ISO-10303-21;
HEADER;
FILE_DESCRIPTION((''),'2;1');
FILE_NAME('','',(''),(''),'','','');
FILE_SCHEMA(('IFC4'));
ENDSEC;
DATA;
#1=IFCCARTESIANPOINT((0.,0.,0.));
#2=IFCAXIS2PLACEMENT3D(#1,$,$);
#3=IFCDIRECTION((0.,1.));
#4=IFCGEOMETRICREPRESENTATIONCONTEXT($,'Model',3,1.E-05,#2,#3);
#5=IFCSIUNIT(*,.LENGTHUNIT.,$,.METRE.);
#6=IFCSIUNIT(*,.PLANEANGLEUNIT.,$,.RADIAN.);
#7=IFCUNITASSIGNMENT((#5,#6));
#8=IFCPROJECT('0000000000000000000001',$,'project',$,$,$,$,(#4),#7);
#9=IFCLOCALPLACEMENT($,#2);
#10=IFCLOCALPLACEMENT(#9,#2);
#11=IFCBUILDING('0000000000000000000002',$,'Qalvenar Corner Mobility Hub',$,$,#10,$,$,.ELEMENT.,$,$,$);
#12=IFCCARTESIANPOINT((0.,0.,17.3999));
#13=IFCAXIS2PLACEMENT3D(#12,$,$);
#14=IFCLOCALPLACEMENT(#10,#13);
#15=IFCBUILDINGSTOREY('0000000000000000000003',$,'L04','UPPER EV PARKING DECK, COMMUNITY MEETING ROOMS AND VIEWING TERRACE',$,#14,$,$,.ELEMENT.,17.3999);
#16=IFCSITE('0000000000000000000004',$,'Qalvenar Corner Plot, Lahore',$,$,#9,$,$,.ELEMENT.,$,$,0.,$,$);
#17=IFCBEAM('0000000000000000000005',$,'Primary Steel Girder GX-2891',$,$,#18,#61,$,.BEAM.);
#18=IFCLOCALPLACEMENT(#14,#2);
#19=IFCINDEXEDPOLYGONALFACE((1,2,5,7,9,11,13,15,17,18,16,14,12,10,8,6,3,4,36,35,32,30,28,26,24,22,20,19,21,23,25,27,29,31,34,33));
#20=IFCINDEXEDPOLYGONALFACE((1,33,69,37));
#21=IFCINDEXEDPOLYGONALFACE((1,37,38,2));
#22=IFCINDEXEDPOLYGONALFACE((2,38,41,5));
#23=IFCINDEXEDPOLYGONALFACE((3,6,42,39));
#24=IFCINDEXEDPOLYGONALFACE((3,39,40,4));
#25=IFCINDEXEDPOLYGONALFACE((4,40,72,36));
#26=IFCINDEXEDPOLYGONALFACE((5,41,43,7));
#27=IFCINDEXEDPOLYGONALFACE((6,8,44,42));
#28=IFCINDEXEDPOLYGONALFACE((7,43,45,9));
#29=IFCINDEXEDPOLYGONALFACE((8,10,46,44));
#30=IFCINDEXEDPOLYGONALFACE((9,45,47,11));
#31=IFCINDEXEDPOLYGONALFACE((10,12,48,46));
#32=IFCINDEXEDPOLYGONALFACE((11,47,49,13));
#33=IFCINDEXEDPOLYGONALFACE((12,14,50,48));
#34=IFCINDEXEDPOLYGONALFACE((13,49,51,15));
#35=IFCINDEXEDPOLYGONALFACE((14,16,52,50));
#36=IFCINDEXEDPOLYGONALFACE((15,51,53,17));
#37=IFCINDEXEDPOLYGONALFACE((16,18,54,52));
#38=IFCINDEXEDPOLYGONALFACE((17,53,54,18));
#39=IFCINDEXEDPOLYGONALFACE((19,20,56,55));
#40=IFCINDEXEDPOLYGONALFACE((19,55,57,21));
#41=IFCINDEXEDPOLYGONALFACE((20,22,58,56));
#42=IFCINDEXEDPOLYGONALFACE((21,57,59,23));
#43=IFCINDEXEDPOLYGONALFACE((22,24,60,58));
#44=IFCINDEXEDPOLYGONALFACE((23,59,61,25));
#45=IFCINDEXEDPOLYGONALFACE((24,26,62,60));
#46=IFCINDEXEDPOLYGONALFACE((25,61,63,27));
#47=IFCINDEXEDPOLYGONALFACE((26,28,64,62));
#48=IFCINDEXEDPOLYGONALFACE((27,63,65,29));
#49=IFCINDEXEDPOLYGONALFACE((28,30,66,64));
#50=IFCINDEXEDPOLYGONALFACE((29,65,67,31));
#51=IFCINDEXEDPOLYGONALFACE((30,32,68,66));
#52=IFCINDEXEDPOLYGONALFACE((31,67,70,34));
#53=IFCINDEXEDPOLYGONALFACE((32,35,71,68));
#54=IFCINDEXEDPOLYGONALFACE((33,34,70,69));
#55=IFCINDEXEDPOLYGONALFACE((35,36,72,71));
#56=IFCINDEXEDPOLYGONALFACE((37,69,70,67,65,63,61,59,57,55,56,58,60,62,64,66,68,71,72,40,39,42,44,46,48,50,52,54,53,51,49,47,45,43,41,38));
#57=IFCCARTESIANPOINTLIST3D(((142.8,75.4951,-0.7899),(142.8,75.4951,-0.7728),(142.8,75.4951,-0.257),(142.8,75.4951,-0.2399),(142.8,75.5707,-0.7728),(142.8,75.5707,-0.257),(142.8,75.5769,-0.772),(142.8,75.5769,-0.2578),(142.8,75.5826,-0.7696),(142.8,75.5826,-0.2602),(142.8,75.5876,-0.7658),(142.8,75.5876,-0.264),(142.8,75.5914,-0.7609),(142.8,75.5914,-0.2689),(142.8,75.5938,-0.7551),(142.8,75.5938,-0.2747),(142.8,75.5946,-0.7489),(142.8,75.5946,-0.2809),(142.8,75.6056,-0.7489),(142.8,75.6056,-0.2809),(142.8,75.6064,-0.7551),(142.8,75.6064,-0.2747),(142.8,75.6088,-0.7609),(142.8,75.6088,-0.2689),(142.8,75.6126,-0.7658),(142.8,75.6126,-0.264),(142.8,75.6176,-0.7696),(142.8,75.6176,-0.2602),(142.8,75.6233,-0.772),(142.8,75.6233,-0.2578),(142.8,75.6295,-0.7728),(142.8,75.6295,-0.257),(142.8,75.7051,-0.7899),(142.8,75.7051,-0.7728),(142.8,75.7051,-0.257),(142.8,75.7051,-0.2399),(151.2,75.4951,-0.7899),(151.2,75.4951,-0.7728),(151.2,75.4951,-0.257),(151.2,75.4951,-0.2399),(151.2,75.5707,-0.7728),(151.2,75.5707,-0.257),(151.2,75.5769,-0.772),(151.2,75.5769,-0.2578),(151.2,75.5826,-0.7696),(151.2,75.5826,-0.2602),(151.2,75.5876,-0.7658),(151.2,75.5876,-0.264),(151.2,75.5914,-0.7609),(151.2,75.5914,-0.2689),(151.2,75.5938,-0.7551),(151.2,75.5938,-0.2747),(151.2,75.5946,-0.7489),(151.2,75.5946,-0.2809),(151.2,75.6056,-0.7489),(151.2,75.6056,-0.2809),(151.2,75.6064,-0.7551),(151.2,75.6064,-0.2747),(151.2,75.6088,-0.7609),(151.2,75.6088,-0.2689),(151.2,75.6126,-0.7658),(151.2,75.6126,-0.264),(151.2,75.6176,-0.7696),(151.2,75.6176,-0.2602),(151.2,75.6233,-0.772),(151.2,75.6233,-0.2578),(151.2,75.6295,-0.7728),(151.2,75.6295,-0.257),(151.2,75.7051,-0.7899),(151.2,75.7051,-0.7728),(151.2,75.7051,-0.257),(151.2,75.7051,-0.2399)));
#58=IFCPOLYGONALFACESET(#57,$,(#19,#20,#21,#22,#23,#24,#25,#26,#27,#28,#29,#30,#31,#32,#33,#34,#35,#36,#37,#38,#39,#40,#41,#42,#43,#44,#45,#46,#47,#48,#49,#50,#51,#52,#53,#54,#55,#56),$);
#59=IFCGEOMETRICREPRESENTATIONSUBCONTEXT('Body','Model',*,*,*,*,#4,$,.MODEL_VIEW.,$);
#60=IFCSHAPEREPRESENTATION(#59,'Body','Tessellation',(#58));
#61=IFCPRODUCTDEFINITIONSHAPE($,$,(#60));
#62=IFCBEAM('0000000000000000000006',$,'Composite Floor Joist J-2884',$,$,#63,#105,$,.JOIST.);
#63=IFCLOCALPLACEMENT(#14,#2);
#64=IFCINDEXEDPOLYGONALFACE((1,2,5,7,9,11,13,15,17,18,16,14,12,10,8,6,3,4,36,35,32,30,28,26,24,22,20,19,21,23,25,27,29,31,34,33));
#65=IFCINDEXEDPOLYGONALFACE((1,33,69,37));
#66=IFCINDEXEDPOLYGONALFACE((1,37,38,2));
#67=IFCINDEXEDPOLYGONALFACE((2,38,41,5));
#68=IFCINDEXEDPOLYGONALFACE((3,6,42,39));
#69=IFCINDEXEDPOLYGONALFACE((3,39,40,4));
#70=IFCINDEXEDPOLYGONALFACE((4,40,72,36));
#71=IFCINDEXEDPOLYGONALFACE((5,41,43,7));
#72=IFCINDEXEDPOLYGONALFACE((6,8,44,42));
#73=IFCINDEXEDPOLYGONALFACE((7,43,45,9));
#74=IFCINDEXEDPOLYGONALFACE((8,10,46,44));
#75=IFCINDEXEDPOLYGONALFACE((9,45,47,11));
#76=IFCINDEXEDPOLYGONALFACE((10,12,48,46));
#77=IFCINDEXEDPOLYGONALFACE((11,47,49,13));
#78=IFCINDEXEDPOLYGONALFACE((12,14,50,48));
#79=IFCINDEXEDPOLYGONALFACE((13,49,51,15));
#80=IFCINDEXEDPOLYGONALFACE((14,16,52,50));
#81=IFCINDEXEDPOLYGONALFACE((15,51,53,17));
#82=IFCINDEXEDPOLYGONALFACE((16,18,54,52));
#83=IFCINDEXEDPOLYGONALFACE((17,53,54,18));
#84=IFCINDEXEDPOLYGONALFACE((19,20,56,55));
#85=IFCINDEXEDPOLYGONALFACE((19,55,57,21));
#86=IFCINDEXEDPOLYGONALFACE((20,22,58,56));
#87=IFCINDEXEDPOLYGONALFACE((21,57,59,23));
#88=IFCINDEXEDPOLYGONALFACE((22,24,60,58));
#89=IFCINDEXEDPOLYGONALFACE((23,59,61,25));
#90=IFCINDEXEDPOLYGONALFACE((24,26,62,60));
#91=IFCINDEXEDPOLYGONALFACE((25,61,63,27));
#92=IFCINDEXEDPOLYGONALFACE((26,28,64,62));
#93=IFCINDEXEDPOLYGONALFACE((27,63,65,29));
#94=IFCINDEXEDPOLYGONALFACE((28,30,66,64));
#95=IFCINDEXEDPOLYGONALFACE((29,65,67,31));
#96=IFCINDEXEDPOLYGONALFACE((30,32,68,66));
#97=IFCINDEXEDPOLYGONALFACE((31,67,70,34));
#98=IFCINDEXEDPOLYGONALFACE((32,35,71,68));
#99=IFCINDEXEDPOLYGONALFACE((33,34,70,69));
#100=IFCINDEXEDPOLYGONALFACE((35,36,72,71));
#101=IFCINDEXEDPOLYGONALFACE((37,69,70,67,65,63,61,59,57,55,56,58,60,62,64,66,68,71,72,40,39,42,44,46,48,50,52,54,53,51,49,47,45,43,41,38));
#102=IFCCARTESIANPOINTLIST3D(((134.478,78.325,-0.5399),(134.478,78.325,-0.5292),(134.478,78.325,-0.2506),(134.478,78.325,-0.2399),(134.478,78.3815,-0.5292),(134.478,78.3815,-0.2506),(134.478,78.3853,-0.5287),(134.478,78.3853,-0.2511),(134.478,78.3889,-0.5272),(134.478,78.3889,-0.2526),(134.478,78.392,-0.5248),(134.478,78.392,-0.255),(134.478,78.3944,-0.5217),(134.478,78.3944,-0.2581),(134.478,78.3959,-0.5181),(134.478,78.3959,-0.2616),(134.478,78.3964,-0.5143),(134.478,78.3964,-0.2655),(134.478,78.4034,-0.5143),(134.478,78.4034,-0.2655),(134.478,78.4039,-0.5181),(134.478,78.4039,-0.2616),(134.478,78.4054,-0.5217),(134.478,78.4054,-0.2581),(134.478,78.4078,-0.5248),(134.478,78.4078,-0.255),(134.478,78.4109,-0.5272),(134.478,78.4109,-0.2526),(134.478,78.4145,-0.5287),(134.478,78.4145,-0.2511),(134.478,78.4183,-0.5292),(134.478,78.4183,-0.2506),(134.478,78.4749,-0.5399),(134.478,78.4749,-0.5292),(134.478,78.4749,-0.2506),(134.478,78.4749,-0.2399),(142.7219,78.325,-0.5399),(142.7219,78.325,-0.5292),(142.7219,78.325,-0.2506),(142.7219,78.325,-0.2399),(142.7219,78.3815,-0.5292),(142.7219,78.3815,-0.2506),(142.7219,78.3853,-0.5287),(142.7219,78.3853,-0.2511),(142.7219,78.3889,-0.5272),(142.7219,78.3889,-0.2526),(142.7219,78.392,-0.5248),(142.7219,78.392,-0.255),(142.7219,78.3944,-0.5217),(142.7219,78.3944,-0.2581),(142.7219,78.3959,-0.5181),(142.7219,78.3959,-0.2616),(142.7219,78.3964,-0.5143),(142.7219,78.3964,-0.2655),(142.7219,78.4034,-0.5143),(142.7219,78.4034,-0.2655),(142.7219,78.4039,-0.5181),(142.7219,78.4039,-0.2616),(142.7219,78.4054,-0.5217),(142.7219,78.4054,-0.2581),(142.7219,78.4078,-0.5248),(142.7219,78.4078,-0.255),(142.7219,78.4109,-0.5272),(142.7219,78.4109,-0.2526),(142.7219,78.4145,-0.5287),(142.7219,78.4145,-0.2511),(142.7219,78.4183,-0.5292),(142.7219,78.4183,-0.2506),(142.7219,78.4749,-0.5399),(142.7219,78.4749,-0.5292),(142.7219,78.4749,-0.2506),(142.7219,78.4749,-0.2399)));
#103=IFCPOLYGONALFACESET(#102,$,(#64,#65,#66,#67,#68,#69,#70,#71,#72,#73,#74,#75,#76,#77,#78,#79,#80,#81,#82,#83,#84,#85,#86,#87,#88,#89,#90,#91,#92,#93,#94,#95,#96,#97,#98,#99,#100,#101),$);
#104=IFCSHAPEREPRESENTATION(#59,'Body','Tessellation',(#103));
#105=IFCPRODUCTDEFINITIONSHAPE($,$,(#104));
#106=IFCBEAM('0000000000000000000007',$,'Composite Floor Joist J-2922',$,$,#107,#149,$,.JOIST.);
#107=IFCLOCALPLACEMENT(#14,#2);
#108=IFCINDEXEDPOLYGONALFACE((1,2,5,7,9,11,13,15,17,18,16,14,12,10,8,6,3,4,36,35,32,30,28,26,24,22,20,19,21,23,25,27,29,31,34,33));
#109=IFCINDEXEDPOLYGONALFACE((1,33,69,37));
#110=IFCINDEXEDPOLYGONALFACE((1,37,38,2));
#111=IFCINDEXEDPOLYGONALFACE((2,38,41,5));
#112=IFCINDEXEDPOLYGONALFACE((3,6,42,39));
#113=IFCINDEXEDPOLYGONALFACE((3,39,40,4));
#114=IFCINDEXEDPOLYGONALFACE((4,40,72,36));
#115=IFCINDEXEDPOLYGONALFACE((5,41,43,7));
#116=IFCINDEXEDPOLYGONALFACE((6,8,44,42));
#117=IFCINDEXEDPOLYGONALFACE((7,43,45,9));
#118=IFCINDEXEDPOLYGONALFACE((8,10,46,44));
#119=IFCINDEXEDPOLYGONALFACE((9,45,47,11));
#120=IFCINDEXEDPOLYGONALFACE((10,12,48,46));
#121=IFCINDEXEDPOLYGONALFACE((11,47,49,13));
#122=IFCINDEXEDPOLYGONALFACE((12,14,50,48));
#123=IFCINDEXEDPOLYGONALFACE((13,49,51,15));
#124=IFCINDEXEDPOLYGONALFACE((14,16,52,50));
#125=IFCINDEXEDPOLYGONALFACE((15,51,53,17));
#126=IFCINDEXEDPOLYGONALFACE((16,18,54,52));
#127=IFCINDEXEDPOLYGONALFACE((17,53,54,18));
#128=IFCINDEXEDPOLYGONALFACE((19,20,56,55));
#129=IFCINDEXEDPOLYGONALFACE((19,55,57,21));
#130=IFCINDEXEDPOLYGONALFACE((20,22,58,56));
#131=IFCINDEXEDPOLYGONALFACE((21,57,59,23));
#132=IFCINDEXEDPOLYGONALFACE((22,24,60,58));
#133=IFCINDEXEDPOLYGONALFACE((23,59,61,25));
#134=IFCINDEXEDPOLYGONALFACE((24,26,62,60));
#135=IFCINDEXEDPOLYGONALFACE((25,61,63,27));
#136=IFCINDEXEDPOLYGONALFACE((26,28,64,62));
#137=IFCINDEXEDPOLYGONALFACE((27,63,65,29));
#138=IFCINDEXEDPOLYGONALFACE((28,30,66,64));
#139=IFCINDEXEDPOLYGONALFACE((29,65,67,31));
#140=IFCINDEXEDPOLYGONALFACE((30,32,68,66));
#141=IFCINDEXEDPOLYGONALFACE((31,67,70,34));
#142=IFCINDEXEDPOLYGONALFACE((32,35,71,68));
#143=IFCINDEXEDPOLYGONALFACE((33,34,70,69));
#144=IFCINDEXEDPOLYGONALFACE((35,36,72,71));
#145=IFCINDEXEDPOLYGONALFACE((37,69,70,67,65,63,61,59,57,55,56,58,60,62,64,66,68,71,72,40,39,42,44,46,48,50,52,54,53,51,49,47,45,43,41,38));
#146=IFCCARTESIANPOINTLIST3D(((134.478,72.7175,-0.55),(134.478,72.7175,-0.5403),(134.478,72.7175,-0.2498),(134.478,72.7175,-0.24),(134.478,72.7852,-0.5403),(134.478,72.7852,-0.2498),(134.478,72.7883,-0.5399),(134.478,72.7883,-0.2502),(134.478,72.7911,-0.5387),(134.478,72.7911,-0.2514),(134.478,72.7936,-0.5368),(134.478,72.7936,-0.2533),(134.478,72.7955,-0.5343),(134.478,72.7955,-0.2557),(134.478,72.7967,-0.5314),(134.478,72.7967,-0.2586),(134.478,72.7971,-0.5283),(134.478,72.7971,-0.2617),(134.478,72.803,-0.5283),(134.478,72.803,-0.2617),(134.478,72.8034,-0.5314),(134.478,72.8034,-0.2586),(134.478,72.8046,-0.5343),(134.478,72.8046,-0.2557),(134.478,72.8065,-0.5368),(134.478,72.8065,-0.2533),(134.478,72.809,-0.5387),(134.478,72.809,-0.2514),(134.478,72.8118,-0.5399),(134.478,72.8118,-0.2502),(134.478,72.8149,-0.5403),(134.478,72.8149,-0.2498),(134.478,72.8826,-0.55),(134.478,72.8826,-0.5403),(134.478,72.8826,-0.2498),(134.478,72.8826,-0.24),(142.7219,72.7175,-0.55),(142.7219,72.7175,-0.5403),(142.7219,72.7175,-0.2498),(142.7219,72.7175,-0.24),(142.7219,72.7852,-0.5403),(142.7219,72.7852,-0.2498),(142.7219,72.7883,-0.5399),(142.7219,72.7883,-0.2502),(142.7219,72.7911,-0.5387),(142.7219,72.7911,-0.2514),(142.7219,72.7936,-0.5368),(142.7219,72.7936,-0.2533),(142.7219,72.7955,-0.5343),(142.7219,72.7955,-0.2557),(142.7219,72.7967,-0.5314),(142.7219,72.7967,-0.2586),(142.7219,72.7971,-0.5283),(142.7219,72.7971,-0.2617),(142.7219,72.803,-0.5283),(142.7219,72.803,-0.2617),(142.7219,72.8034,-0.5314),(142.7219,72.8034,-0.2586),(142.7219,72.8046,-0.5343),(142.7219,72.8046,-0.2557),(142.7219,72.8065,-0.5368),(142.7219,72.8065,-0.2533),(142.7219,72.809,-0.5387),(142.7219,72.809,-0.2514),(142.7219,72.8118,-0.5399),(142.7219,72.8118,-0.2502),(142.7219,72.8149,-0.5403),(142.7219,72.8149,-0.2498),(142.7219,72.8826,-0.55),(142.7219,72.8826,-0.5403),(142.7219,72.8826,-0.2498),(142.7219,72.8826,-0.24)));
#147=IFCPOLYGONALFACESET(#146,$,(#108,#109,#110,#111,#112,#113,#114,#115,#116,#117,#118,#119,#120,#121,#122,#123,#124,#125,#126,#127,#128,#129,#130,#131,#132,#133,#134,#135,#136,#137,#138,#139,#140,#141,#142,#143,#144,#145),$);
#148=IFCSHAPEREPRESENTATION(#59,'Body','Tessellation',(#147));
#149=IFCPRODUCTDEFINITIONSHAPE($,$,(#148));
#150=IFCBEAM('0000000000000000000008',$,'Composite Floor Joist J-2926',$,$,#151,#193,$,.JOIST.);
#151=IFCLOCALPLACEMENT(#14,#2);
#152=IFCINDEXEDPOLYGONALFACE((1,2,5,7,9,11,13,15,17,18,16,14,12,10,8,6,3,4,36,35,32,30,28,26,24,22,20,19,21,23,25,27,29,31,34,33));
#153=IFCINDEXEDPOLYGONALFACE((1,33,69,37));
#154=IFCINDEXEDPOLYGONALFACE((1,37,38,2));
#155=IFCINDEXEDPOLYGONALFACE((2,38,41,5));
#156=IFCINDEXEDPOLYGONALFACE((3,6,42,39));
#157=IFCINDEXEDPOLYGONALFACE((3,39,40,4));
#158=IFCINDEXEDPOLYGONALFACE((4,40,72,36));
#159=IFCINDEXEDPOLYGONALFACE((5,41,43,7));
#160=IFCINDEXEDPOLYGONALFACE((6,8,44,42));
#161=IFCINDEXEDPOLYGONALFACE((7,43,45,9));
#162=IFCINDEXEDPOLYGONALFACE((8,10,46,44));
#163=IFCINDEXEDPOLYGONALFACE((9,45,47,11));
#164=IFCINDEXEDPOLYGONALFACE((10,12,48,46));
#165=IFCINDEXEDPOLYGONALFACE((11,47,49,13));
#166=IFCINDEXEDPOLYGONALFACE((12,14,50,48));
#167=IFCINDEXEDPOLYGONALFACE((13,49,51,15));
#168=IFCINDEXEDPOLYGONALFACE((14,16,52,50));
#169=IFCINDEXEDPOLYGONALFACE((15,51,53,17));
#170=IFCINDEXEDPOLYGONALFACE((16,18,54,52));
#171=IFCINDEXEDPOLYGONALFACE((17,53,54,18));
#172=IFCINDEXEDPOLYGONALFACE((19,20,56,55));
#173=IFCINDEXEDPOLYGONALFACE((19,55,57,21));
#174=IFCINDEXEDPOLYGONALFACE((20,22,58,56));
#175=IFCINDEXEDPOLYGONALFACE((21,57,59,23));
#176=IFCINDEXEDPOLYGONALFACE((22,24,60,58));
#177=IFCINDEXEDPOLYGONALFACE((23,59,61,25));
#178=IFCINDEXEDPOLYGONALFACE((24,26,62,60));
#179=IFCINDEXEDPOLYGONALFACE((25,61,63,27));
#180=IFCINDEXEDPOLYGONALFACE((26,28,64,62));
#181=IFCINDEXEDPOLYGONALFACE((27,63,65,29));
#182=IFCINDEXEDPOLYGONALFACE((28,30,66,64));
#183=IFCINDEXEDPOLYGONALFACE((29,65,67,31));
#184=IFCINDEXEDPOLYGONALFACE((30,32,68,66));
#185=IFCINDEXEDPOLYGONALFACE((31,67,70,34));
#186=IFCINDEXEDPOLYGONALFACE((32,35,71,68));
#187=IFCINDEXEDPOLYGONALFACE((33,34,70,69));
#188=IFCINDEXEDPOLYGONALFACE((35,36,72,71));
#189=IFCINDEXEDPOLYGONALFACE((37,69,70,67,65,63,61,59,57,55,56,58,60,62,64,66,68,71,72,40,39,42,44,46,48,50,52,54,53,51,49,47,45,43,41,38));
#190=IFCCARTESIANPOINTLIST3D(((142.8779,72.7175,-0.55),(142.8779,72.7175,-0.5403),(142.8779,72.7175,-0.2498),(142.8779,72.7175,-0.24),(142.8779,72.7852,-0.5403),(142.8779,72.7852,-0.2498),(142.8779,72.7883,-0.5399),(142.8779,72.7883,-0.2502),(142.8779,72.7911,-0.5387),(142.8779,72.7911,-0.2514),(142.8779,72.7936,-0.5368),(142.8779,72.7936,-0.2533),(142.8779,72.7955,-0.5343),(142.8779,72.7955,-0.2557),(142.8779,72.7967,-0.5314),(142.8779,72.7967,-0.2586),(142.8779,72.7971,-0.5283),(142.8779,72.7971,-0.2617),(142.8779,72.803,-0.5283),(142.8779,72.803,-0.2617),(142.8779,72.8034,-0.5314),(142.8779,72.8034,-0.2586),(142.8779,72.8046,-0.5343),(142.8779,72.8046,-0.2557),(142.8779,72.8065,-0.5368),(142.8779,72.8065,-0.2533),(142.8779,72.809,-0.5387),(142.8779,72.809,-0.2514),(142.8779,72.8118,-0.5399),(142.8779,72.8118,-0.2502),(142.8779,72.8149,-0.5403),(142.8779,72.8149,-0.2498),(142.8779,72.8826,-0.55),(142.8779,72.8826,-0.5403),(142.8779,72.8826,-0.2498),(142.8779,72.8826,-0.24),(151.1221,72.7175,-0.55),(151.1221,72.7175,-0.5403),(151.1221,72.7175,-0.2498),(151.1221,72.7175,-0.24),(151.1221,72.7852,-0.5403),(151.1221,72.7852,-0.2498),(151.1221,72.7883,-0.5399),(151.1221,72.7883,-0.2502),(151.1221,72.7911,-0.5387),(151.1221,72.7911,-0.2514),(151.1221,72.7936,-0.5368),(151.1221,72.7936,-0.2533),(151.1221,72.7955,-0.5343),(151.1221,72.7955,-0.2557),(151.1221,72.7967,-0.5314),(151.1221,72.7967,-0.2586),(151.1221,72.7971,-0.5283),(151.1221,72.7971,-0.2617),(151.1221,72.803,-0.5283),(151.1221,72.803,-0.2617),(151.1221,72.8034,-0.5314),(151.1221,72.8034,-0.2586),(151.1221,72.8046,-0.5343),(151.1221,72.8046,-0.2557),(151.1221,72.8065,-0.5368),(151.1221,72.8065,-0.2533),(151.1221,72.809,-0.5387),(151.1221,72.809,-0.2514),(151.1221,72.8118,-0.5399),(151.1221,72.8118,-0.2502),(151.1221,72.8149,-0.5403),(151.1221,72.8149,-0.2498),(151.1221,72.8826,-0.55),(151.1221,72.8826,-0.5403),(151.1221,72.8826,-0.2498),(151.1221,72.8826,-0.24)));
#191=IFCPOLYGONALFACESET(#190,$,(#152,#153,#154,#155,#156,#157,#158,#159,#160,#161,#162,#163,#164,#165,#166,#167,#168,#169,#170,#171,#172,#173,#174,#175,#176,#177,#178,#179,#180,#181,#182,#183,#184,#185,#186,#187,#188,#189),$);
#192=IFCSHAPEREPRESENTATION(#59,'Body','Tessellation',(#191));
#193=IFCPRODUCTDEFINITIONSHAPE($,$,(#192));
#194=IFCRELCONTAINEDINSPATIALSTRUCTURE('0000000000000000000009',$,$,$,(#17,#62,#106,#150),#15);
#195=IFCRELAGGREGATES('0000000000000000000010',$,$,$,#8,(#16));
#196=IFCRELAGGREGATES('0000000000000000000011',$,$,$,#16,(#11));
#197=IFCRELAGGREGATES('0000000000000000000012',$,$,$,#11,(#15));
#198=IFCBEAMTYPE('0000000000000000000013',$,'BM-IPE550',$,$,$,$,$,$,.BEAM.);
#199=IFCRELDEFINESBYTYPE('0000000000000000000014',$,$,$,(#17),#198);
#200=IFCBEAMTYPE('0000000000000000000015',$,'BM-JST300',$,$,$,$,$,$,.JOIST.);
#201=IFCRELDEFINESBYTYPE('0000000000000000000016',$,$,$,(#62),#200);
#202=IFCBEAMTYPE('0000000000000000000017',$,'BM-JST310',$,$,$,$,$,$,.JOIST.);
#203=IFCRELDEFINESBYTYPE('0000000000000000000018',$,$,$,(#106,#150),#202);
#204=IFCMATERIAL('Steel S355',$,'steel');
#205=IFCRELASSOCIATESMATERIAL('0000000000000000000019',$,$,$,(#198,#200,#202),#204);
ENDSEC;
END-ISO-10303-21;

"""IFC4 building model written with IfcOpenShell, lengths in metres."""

from ifc_helpers import new_model, si_unit, direction, frame, origin, origin_2d, place, context, subcontext, project, spatial, i_section, extrude, material, material_profile, profile_set, type_object, element, save


model = new_model("IFC4")

# Units and contexts
model_context = context("Model", 3, precision=1e-05, world=origin(), true_north=direction((0.0, 1.0)))
body_context = subcontext(model_context, "Body", "Model", "MODEL_VIEW")
ifc_project = project(units=[si_unit("LENGTHUNIT", "METRE"), si_unit("PLANEANGLEUNIT", "RADIAN")], contexts=[model_context])

# Site, building, storey
site_placement = place(None, origin())
site = spatial("IfcSite", under=ifc_project, at=site_placement, Name="Qalvenar Corner Plot, Lahore", CompositionType="ELEMENT", RefElevation=0.0)
building_placement = place(site_placement, origin())
building = spatial("IfcBuilding", under=site, at=building_placement, Name="Qalvenar Corner Mobility Hub", CompositionType="ELEMENT")
storey_placement = place(building_placement, frame((0.0, 0.0, 17.3999)))
storey = spatial("IfcBuildingStorey", under=building, at=storey_placement, Name="L04", Description="UPPER EV PARKING DECK, COMMUNITY MEETING ROOMS AND VIEWING TERRACE", CompositionType="ELEMENT", Elevation=17.3999)

# Shared definitions
ifc_material_1 = material(Name="Steel S355", Category="steel")

# Beams
ifc_material_profile_1 = material_profile(ifc_material_1, i_section(OverallWidth=0.21, OverallDepth=0.55, WebThickness=0.011, FlangeThickness=0.0171, FilletRadius=0.0239, at=origin_2d()), Name="IPE550")
ifc_profile_set_1 = profile_set([ifc_material_profile_1], Name="Steel S355")
beam_type_1 = type_object("IfcBeamType", Name="BM-IPE550", PredefinedType="BEAM", material=ifc_profile_set_1)
beam_1_placement = place(storey_placement, frame((142.8, 75.6001, -0.5149), z_axis=(1.0, 0.0, 0.0), x_axis=(0.0, 1.0, 0.0)))
element("IfcBeam", 1, at=beam_1_placement, inside=storey, type_object=beam_type_1, Name="Primary Steel Girder GX-2891", PredefinedType="BEAM", context=body_context, shape_type="SweptSolid", body=[
    extrude(i_section(OverallWidth=0.21, OverallDepth=0.55, WebThickness=0.011, FlangeThickness=0.0171, FilletRadius=0.0239, at=origin_2d()), origin(), (0.0, 0.0, 1.0), 8.3999),
])
ifc_material_profile_2 = material_profile(ifc_material_1, i_section(OverallWidth=0.1499, OverallDepth=0.3, WebThickness=0.0071, FlangeThickness=0.0107, FilletRadius=0.0149, at=origin_2d()), Name="IPE300")
ifc_profile_set_2 = profile_set([ifc_material_profile_2], Name="Steel S355")
beam_type_2 = type_object("IfcBeamType", Name="BM-JST300", PredefinedType="JOIST", material=ifc_profile_set_2)
beam_2_placement = place(storey_placement, frame((134.478, 78.3999, -0.3899), z_axis=(1.0, 0.0, 0.0), x_axis=(0.0, 1.0, 0.0)))
element("IfcBeam", 2, at=beam_2_placement, inside=storey, type_object=beam_type_2, Name="Composite Floor Joist J-2884", PredefinedType="JOIST", context=body_context, shape_type="SweptSolid", body=[
    extrude(i_section(OverallWidth=0.1499, OverallDepth=0.3, WebThickness=0.0071, FlangeThickness=0.0107, FilletRadius=0.0149, at=origin_2d()), origin(), (0.0, 0.0, 1.0), 8.2439),
])
ifc_material_profile_3 = material_profile(ifc_material_1, i_section(OverallWidth=0.165, OverallDepth=0.3101, WebThickness=0.0059, FlangeThickness=0.0098, FilletRadius=0.012, at=origin_2d()), Name="W310x38.7")
ifc_profile_set_3 = profile_set([ifc_material_profile_3], Name="Steel S355")
beam_type_3 = type_object("IfcBeamType", Name="BM-JST310", PredefinedType="JOIST", material=ifc_profile_set_3)
beam_3_placement = place(storey_placement, frame((134.478, 72.8, -0.395), z_axis=(1.0, 0.0, 0.0), x_axis=(0.0, 1.0, 0.0)))
element("IfcBeam", 3, at=beam_3_placement, inside=storey, type_object=beam_type_3, Name="Composite Floor Joist J-2922", PredefinedType="JOIST", context=body_context, shape_type="SweptSolid", body=[
    extrude(i_section(OverallWidth=0.165, OverallDepth=0.3101, WebThickness=0.0059, FlangeThickness=0.0098, FilletRadius=0.012, at=origin_2d()), origin(), (0.0, 0.0, 1.0), 8.2439),
])
beam_4_placement = place(storey_placement, frame((142.8779, 72.8, -0.395), z_axis=(1.0, 0.0, 0.0), x_axis=(0.0, 1.0, 0.0)))
element("IfcBeam", 4, at=beam_4_placement, inside=storey, type_object=beam_type_3, Name="Composite Floor Joist J-2926", PredefinedType="JOIST", context=body_context, shape_type="SweptSolid", body=[
    extrude(i_section(OverallWidth=0.165, OverallDepth=0.3101, WebThickness=0.0059, FlangeThickness=0.0098, FilletRadius=0.012, at=origin_2d()), origin(), (0.0, 0.0, 1.0), 8.2441),
])

save(model, "model.ifc")
